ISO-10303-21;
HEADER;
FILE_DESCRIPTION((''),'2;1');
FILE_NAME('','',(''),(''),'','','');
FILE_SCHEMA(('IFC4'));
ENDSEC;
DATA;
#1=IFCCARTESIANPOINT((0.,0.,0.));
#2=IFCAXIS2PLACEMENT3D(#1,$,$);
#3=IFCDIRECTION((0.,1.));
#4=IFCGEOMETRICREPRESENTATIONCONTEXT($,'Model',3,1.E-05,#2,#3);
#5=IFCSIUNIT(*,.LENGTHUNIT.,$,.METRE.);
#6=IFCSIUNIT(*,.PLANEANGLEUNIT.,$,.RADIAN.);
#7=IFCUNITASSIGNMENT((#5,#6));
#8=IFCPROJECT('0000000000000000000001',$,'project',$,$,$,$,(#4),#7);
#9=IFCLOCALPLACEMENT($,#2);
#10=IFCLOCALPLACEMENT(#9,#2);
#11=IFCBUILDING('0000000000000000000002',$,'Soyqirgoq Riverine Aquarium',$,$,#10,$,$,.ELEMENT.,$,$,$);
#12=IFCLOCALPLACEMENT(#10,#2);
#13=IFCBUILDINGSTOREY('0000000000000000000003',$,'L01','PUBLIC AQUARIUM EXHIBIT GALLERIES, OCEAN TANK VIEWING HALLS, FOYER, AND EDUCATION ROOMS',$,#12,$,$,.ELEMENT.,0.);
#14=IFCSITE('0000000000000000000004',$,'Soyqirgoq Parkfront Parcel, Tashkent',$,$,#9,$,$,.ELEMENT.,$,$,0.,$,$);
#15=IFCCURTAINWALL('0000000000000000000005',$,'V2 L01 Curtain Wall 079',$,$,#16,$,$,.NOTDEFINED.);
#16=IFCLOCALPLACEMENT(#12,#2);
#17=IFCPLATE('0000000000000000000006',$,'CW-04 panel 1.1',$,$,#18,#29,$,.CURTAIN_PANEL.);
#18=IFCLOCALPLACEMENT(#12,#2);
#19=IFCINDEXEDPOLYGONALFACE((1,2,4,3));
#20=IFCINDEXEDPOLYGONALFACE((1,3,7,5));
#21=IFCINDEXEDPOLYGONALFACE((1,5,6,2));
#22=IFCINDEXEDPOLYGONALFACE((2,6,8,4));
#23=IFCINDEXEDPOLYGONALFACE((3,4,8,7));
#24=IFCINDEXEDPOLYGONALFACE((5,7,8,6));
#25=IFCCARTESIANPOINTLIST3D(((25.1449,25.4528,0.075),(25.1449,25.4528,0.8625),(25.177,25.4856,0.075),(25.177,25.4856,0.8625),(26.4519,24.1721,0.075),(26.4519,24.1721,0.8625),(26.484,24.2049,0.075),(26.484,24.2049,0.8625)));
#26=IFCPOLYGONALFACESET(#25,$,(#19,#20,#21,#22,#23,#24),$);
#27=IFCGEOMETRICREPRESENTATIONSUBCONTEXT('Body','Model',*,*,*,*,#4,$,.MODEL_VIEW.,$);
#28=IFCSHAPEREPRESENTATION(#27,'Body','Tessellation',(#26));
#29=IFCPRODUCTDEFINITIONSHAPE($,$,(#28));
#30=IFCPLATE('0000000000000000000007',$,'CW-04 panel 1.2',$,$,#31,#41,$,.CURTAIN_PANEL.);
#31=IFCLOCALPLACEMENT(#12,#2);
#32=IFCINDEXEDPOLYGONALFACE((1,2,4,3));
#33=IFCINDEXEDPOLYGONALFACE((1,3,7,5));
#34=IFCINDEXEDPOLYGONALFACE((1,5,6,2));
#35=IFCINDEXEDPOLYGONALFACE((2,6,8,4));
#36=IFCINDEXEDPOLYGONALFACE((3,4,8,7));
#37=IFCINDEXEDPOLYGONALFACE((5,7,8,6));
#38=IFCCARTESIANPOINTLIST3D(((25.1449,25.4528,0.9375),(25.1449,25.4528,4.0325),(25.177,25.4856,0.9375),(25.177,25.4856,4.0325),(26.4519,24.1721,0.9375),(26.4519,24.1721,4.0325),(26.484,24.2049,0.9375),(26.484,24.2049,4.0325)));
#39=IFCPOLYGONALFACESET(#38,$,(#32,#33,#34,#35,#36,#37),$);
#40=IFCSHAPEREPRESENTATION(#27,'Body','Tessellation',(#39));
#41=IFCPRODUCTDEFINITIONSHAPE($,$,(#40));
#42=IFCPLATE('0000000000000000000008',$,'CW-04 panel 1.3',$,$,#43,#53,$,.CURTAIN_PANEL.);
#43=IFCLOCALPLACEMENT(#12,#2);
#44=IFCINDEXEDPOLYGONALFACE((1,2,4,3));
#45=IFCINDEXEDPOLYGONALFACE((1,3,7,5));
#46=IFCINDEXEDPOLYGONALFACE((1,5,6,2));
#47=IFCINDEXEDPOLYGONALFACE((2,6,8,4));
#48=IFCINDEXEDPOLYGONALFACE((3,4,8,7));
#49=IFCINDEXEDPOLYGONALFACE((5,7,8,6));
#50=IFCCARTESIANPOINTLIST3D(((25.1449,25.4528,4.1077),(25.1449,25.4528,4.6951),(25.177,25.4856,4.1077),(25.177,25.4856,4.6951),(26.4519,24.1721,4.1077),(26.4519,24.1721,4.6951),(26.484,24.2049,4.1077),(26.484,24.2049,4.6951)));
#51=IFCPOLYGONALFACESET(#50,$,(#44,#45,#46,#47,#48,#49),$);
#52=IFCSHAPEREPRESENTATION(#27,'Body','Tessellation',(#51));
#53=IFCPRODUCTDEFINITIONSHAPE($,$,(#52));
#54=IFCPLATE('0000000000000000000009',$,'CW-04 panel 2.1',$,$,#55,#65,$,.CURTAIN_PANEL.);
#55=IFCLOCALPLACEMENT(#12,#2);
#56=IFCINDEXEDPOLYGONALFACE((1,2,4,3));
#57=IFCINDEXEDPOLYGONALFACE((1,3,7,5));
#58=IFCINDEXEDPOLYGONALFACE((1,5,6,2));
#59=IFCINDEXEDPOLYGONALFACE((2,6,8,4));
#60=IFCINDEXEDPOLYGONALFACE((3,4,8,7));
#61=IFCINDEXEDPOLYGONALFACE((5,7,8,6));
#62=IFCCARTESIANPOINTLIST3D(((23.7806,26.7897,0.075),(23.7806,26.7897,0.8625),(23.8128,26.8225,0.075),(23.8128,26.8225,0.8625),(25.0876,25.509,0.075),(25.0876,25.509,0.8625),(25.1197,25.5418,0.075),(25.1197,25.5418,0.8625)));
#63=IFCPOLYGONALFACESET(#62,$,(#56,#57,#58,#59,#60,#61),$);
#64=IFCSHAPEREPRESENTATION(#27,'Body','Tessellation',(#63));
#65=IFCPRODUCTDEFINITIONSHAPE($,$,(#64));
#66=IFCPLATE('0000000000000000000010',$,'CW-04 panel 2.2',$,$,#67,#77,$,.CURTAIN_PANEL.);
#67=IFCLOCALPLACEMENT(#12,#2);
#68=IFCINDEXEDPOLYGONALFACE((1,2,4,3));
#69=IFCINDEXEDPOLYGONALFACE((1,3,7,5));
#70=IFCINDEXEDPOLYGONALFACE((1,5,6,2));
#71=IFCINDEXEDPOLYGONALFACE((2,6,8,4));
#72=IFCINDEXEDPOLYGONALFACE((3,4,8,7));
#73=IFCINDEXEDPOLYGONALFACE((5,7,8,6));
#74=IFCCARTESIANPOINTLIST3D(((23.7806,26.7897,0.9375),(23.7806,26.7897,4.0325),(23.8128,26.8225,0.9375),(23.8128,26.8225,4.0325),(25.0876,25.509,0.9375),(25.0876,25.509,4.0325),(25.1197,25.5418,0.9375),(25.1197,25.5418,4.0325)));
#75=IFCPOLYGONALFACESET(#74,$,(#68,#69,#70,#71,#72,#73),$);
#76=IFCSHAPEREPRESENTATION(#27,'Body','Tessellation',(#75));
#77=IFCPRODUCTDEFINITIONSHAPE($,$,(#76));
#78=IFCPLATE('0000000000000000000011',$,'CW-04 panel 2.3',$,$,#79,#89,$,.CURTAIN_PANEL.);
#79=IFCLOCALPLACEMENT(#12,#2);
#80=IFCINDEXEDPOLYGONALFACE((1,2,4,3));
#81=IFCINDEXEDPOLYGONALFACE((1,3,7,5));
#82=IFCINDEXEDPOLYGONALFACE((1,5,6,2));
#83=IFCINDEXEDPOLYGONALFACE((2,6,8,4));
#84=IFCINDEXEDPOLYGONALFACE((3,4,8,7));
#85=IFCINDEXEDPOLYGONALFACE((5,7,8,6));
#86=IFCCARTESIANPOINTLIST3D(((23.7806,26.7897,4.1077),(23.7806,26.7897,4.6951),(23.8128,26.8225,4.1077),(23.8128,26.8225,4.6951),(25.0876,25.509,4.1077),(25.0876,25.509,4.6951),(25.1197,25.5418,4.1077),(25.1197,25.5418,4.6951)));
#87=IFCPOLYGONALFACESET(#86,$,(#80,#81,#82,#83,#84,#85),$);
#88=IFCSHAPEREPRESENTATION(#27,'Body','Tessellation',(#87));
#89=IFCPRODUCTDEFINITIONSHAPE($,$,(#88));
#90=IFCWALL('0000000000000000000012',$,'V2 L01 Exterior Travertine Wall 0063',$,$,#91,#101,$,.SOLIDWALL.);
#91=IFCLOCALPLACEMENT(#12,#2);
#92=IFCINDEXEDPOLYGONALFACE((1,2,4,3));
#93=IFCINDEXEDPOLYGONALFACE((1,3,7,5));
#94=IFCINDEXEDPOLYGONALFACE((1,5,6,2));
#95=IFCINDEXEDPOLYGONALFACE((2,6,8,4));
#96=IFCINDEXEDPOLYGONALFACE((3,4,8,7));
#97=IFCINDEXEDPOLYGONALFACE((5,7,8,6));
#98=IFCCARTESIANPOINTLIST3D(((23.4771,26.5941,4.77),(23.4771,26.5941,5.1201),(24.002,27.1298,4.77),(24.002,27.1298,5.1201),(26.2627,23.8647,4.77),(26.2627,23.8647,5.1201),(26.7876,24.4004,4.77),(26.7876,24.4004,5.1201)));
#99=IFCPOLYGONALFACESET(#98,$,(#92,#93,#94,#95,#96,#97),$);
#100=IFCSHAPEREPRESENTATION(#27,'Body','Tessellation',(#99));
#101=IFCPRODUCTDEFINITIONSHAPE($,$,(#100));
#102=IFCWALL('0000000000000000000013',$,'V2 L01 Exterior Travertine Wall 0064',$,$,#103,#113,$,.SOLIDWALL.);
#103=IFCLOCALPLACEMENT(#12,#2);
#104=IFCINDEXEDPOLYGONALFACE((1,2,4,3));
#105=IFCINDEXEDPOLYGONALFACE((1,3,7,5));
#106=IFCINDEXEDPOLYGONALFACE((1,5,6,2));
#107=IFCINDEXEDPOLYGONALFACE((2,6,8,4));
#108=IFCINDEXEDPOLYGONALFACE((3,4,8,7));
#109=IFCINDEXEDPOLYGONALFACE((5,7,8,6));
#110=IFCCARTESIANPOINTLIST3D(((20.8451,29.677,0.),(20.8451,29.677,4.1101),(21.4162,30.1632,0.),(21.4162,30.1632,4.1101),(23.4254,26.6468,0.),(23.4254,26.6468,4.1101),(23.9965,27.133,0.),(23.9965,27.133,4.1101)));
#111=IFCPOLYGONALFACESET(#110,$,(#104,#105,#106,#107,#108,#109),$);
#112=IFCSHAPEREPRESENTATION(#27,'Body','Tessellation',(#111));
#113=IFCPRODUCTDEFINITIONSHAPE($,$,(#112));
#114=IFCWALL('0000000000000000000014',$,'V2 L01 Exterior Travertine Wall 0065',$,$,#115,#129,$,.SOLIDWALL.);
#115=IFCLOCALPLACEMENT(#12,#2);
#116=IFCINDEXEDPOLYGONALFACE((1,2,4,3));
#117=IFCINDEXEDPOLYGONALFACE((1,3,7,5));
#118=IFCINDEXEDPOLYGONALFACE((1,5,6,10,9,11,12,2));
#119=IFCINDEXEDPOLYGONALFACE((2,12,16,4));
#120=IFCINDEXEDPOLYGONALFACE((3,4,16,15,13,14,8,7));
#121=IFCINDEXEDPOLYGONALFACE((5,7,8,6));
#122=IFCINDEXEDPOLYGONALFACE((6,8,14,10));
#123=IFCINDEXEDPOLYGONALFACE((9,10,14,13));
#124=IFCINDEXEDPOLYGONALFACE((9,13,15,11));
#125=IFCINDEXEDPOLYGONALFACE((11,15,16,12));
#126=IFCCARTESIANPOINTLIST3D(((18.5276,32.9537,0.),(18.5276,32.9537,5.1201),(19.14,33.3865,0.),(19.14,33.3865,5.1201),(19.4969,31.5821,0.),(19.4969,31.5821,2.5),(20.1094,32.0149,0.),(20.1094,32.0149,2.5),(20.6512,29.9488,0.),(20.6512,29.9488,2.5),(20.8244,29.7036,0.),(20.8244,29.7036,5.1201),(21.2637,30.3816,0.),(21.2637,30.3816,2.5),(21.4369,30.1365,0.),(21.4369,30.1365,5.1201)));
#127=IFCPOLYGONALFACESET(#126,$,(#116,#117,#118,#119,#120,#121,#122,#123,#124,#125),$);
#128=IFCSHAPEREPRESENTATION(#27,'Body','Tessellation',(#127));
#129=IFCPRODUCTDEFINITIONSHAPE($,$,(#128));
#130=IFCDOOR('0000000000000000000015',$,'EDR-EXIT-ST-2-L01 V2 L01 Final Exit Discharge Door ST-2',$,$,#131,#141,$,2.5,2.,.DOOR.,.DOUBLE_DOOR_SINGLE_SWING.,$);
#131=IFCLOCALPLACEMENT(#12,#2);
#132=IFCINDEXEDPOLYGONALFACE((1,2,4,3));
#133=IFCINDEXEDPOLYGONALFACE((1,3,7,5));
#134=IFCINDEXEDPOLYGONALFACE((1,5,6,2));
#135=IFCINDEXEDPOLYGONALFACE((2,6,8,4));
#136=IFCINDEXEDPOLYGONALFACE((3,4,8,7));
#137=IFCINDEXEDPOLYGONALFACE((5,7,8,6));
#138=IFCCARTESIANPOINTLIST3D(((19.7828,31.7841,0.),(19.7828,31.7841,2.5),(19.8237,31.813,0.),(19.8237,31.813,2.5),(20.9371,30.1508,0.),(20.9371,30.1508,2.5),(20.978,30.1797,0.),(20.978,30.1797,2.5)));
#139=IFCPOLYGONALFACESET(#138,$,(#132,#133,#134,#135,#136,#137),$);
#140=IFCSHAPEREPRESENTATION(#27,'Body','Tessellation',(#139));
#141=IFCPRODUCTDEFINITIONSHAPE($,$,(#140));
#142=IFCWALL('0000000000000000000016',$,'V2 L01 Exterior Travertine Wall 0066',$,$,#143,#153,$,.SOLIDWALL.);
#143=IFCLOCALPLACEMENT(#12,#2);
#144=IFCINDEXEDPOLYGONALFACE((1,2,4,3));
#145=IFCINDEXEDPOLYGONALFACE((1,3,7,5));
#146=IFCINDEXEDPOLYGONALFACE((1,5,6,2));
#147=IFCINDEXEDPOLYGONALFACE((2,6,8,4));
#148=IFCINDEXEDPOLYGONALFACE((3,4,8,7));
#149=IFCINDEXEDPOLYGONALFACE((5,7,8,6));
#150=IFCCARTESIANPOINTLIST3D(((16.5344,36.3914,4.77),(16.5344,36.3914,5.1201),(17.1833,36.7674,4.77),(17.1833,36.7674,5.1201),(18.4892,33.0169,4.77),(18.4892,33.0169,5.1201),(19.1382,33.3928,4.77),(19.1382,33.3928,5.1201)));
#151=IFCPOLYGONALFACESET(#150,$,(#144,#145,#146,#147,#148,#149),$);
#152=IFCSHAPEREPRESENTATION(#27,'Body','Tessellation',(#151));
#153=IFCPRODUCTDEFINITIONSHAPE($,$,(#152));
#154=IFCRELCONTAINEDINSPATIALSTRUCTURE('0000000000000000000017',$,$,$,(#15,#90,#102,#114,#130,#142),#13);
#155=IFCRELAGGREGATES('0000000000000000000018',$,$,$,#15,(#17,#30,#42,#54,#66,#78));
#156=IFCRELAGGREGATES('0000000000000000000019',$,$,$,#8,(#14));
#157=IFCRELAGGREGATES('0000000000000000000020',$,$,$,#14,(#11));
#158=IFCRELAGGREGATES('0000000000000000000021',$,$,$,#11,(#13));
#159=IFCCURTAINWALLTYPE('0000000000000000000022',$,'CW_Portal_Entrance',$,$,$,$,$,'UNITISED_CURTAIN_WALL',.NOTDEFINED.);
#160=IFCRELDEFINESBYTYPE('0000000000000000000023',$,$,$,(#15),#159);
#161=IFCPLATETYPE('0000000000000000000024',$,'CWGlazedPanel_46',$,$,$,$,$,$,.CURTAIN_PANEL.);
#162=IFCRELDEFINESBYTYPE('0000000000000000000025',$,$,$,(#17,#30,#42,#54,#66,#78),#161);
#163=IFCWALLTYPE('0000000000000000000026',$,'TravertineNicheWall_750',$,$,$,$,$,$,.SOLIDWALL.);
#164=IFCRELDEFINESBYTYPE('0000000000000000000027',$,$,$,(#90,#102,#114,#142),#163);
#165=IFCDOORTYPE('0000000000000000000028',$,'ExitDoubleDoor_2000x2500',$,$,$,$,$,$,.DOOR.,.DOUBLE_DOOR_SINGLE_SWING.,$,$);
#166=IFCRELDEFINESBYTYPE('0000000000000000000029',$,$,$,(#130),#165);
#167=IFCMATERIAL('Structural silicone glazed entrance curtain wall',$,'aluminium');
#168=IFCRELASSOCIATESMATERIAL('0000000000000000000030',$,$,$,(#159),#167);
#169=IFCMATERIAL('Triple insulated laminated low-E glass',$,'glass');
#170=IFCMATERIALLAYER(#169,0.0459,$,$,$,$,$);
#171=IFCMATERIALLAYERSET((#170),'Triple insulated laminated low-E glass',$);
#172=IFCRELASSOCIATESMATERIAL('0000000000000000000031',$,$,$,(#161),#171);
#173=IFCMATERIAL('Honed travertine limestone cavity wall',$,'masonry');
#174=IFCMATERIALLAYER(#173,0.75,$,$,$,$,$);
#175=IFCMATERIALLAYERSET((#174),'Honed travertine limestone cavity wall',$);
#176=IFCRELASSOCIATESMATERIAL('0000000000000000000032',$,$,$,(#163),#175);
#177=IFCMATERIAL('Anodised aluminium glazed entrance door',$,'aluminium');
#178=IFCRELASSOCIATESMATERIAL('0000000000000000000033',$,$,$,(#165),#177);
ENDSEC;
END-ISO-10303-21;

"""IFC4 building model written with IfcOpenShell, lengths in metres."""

from ifc_helpers import new_model, si_unit, direction, frame, frame_2d, origin, origin_2d, place, context, subcontext, project, spatial, rectangle, extrude, material, layer, layer_set, type_object, element, fill, aggregate, save


model = new_model("IFC4")

# Units and contexts
model_context = context("Model", 3, precision=1e-05, world=origin(), true_north=direction((0.0, 1.0)))
body_context = subcontext(model_context, "Body", "Model", "MODEL_VIEW")
ifc_project = project(units=[si_unit("LENGTHUNIT", "METRE"), si_unit("PLANEANGLEUNIT", "RADIAN")], contexts=[model_context])

# Site, building, storey
site_placement = place(None, origin())
site = spatial("IfcSite", under=ifc_project, at=site_placement, Name="Soyqirgoq Parkfront Parcel, Tashkent", CompositionType="ELEMENT", RefElevation=0.0)
building_placement = place(site_placement, origin())
building = spatial("IfcBuilding", under=site, at=building_placement, Name="Soyqirgoq Riverine Aquarium", CompositionType="ELEMENT")
storey_placement = place(building_placement, origin())
storey = spatial("IfcBuildingStorey", under=building, at=storey_placement, Name="L01", Description="PUBLIC AQUARIUM EXHIBIT GALLERIES, OCEAN TANK VIEWING HALLS, FOYER, AND EDUCATION ROOMS", CompositionType="ELEMENT", Elevation=0.0)

# Curtain wall
ifc_material_1 = material(Name="Structural silicone glazed entrance curtain wall", Category="aluminium")
curtain_wall_type = type_object("IfcCurtainWallType", Name="CW_Portal_Entrance", ElementType="UNITISED_CURTAIN_WALL", PredefinedType="NOTDEFINED", material=ifc_material_1)
curtain_wall_1_placement = place(storey_placement, origin())
curtain_wall_1 = element("IfcCurtainWall", 1, at=curtain_wall_1_placement, inside=storey, type_object=curtain_wall_type, Name="V2 L01 Curtain Wall 079", PredefinedType="NOTDEFINED")

# Plates
ifc_material_2 = material(Name="Triple insulated laminated low-E glass", Category="glass")
ifc_layer_1 = layer(ifc_material_2, 0.0459)
ifc_layer_set_1 = layer_set([ifc_layer_1], Name="Triple insulated laminated low-E glass")
plate_type = type_object("IfcPlateType", Name="CWGlazedPanel_46", PredefinedType="CURTAIN_PANEL", material=ifc_layer_set_1)
plate_1_placement = place(storey_placement, frame((25.8145, 24.8289, 0.075), z_axis=(0.0, 0.0, 1.0), x_axis=(-0.714263, 0.699878, 0.0)))
plate_1 = element("IfcPlate", 2, at=plate_1_placement, type_object=plate_type, Name="CW-04 panel 1.1", PredefinedType="CURTAIN_PANEL", context=body_context, shape_type="SweptSolid", body=[
    extrude(rectangle(XDim=1.8298, YDim=0.0459, at=origin_2d()), origin(), (0.0, 0.0, 1.0), 0.7876),
])
plate_2_placement = place(storey_placement, frame((25.8145, 24.8289, 0.9375), z_axis=(0.0, 0.0, 1.0), x_axis=(-0.714263, 0.699878, 0.0)))
plate_2 = element("IfcPlate", 3, at=plate_2_placement, type_object=plate_type, Name="CW-04 panel 1.2", PredefinedType="CURTAIN_PANEL", context=body_context, shape_type="SweptSolid", body=[
    extrude(rectangle(XDim=1.8298, YDim=0.0459, at=origin_2d()), origin(), (0.0, 0.0, 1.0), 3.095),
])
plate_3_placement = place(storey_placement, frame((25.8145, 24.8289, 4.1077), z_axis=(0.0, 0.0, 1.0), x_axis=(-0.714263, 0.699878, 0.0)))
plate_3 = element("IfcPlate", 4, at=plate_3_placement, type_object=plate_type, Name="CW-04 panel 1.3", PredefinedType="CURTAIN_PANEL", context=body_context, shape_type="SweptSolid", body=[
    extrude(rectangle(XDim=1.8298, YDim=0.0459, at=origin_2d()), origin(), (0.0, 0.0, 1.0), 0.5874),
])
plate_4_placement = place(storey_placement, frame((24.4502, 26.1658, 0.075), z_axis=(0.0, 0.0, 1.0), x_axis=(-0.714263, 0.699878, 0.0)))
plate_4 = element("IfcPlate", 5, at=plate_4_placement, type_object=plate_type, Name="CW-04 panel 2.1", PredefinedType="CURTAIN_PANEL", context=body_context, shape_type="SweptSolid", body=[
    extrude(rectangle(XDim=1.8298, YDim=0.0459, at=origin_2d()), origin(), (0.0, 0.0, 1.0), 0.7876),
])
plate_5_placement = place(storey_placement, frame((24.4502, 26.1658, 0.9375), z_axis=(0.0, 0.0, 1.0), x_axis=(-0.714263, 0.699878, 0.0)))
plate_5 = element("IfcPlate", 6, at=plate_5_placement, type_object=plate_type, Name="CW-04 panel 2.2", PredefinedType="CURTAIN_PANEL", context=body_context, shape_type="SweptSolid", body=[
    extrude(rectangle(XDim=1.8298, YDim=0.0459, at=origin_2d()), origin(), (0.0, 0.0, 1.0), 3.095),
])
plate_6_placement = place(storey_placement, frame((24.4502, 26.1658, 4.1077), z_axis=(0.0, 0.0, 1.0), x_axis=(-0.714263, 0.699878, 0.0)))
plate_6 = element("IfcPlate", 7, at=plate_6_placement, type_object=plate_type, Name="CW-04 panel 2.3", PredefinedType="CURTAIN_PANEL", context=body_context, shape_type="SweptSolid", body=[
    extrude(rectangle(XDim=1.8298, YDim=0.0459, at=origin_2d()), origin(), (0.0, 0.0, 1.0), 0.5874),
])
aggregate(curtain_wall_1, [plate_1, plate_2, plate_3, plate_4, plate_5, plate_6])

# Walls
ifc_material_3 = material(Name="Honed travertine limestone cavity wall", Category="masonry")
ifc_layer_2 = layer(ifc_material_3, 0.75)
ifc_layer_set_2 = layer_set([ifc_layer_2], Name="Honed travertine limestone cavity wall")
wall_type = type_object("IfcWallType", Name="TravertineNicheWall_750", PredefinedType="SOLIDWALL", material=ifc_layer_set_2)
wall_1_placement = place(storey_placement, frame((26.5251, 24.1326, 4.77), z_axis=(0.0, 0.0, 1.0), x_axis=(-0.714269, 0.699871, 0.0)))
element("IfcWall", 8, at=wall_1_placement, inside=storey, type_object=wall_type, Name="V2 L01 Exterior Travertine Wall 0063", PredefinedType="SOLIDWALL", context=body_context, shape_type="SweptSolid", body=[
    extrude(rectangle(XDim=3.8999, YDim=0.75, at=frame_2d((1.95, 0.0))), origin(), (0.0, 0.0, 1.0), 0.3501),
])
wall_2_placement = place(storey_placement, frame((23.7109, 26.8899, 0.0), z_axis=(0.0, 0.0, 1.0), x_axis=(-0.648318, 0.76137, 0.0)))
element("IfcWall", 9, at=wall_2_placement, inside=storey, type_object=wall_type, Name="V2 L01 Exterior Travertine Wall 0064", PredefinedType="SOLIDWALL", context=body_context, shape_type="SweptSolid", body=[
    extrude(rectangle(XDim=3.98, YDim=0.75, at=frame_2d((1.99, 0.0))), origin(), (0.0, 0.0, 1.0), 4.1101),
])

# Wall, opening, door
wall_3_placement = place(storey_placement, frame((21.1306, 29.9202, 0.0), z_axis=(0.0, 0.0, 1.0), x_axis=(-0.577146, 0.816641, 0.0)))
wall_3 = element("IfcWall", 10, at=wall_3_placement, inside=storey, type_object=wall_type, Name="V2 L01 Exterior Travertine Wall 0065", PredefinedType="SOLIDWALL", context=body_context, shape_type="SweptSolid", body=[
    extrude(rectangle(XDim=3.9797, YDim=0.75, at=frame_2d((1.9897, 0.0))), origin(), (0.0, 0.0, 1.0), 5.1201),
])
opening_placement = place(wall_3_placement, frame((0.3, 0.0, 0.0)))
opening = element("IfcOpeningElement", 11, at=opening_placement, cuts=wall_3, PredefinedType="OPENING", context=body_context, shape_type="SweptSolid", body=[
    extrude(rectangle(XDim=2.0, YDim=2.5, at=frame_2d((1.0, 1.25))), frame((0.0, 0.385, 0.0), z_axis=(0.0, -1.0, 0.0), x_axis=(1.0, 0.0, 0.0)), (0.0, 0.0, 1.0), 0.77),
])
ifc_material_4 = material(Name="Anodised aluminium glazed entrance door", Category="aluminium")
door_type = type_object("IfcDoorType", Name="ExitDoubleDoor_2000x2500", OperationType="DOUBLE_DOOR_SINGLE_SWING", PredefinedType="DOOR", material=ifc_material_4)
door_placement = place(opening_placement, origin())
door = element("IfcDoor", 12, at=door_placement, inside=storey, type_object=door_type, Name="EDR-EXIT-ST-2-L01 V2 L01 Final Exit Discharge Door ST-2", OperationType="DOUBLE_DOOR_SINGLE_SWING", OverallHeight=2.5, OverallWidth=2.0, PredefinedType="DOOR", context=body_context, shape_type="SweptSolid", body=[
    extrude(rectangle(XDim=2.0, YDim=2.5, at=frame_2d((1.0, 1.25))), frame((0.0, 0.0249, 0.0), z_axis=(0.0, -1.0, 0.0), x_axis=(1.0, 0.0, 0.0)), (0.0, 0.0, 1.0), 0.05),
])
fill(opening, door)

# Wall
wall_4_placement = place(storey_placement, frame((18.8137, 33.2048, 4.77), z_axis=(0.0, 0.0, 1.0), x_axis=(-0.501261, 0.865296, 0.0)))
element("IfcWall", 13, at=wall_4_placement, inside=storey, type_object=wall_type, Name="V2 L01 Exterior Travertine Wall 0066", PredefinedType="SOLIDWALL", context=body_context, shape_type="SweptSolid", body=[
    extrude(rectangle(XDim=3.8999, YDim=0.75, at=frame_2d((1.95, 0.0))), origin(), (0.0, 0.0, 1.0), 0.3501),
])

save(model, "model.ifc")
